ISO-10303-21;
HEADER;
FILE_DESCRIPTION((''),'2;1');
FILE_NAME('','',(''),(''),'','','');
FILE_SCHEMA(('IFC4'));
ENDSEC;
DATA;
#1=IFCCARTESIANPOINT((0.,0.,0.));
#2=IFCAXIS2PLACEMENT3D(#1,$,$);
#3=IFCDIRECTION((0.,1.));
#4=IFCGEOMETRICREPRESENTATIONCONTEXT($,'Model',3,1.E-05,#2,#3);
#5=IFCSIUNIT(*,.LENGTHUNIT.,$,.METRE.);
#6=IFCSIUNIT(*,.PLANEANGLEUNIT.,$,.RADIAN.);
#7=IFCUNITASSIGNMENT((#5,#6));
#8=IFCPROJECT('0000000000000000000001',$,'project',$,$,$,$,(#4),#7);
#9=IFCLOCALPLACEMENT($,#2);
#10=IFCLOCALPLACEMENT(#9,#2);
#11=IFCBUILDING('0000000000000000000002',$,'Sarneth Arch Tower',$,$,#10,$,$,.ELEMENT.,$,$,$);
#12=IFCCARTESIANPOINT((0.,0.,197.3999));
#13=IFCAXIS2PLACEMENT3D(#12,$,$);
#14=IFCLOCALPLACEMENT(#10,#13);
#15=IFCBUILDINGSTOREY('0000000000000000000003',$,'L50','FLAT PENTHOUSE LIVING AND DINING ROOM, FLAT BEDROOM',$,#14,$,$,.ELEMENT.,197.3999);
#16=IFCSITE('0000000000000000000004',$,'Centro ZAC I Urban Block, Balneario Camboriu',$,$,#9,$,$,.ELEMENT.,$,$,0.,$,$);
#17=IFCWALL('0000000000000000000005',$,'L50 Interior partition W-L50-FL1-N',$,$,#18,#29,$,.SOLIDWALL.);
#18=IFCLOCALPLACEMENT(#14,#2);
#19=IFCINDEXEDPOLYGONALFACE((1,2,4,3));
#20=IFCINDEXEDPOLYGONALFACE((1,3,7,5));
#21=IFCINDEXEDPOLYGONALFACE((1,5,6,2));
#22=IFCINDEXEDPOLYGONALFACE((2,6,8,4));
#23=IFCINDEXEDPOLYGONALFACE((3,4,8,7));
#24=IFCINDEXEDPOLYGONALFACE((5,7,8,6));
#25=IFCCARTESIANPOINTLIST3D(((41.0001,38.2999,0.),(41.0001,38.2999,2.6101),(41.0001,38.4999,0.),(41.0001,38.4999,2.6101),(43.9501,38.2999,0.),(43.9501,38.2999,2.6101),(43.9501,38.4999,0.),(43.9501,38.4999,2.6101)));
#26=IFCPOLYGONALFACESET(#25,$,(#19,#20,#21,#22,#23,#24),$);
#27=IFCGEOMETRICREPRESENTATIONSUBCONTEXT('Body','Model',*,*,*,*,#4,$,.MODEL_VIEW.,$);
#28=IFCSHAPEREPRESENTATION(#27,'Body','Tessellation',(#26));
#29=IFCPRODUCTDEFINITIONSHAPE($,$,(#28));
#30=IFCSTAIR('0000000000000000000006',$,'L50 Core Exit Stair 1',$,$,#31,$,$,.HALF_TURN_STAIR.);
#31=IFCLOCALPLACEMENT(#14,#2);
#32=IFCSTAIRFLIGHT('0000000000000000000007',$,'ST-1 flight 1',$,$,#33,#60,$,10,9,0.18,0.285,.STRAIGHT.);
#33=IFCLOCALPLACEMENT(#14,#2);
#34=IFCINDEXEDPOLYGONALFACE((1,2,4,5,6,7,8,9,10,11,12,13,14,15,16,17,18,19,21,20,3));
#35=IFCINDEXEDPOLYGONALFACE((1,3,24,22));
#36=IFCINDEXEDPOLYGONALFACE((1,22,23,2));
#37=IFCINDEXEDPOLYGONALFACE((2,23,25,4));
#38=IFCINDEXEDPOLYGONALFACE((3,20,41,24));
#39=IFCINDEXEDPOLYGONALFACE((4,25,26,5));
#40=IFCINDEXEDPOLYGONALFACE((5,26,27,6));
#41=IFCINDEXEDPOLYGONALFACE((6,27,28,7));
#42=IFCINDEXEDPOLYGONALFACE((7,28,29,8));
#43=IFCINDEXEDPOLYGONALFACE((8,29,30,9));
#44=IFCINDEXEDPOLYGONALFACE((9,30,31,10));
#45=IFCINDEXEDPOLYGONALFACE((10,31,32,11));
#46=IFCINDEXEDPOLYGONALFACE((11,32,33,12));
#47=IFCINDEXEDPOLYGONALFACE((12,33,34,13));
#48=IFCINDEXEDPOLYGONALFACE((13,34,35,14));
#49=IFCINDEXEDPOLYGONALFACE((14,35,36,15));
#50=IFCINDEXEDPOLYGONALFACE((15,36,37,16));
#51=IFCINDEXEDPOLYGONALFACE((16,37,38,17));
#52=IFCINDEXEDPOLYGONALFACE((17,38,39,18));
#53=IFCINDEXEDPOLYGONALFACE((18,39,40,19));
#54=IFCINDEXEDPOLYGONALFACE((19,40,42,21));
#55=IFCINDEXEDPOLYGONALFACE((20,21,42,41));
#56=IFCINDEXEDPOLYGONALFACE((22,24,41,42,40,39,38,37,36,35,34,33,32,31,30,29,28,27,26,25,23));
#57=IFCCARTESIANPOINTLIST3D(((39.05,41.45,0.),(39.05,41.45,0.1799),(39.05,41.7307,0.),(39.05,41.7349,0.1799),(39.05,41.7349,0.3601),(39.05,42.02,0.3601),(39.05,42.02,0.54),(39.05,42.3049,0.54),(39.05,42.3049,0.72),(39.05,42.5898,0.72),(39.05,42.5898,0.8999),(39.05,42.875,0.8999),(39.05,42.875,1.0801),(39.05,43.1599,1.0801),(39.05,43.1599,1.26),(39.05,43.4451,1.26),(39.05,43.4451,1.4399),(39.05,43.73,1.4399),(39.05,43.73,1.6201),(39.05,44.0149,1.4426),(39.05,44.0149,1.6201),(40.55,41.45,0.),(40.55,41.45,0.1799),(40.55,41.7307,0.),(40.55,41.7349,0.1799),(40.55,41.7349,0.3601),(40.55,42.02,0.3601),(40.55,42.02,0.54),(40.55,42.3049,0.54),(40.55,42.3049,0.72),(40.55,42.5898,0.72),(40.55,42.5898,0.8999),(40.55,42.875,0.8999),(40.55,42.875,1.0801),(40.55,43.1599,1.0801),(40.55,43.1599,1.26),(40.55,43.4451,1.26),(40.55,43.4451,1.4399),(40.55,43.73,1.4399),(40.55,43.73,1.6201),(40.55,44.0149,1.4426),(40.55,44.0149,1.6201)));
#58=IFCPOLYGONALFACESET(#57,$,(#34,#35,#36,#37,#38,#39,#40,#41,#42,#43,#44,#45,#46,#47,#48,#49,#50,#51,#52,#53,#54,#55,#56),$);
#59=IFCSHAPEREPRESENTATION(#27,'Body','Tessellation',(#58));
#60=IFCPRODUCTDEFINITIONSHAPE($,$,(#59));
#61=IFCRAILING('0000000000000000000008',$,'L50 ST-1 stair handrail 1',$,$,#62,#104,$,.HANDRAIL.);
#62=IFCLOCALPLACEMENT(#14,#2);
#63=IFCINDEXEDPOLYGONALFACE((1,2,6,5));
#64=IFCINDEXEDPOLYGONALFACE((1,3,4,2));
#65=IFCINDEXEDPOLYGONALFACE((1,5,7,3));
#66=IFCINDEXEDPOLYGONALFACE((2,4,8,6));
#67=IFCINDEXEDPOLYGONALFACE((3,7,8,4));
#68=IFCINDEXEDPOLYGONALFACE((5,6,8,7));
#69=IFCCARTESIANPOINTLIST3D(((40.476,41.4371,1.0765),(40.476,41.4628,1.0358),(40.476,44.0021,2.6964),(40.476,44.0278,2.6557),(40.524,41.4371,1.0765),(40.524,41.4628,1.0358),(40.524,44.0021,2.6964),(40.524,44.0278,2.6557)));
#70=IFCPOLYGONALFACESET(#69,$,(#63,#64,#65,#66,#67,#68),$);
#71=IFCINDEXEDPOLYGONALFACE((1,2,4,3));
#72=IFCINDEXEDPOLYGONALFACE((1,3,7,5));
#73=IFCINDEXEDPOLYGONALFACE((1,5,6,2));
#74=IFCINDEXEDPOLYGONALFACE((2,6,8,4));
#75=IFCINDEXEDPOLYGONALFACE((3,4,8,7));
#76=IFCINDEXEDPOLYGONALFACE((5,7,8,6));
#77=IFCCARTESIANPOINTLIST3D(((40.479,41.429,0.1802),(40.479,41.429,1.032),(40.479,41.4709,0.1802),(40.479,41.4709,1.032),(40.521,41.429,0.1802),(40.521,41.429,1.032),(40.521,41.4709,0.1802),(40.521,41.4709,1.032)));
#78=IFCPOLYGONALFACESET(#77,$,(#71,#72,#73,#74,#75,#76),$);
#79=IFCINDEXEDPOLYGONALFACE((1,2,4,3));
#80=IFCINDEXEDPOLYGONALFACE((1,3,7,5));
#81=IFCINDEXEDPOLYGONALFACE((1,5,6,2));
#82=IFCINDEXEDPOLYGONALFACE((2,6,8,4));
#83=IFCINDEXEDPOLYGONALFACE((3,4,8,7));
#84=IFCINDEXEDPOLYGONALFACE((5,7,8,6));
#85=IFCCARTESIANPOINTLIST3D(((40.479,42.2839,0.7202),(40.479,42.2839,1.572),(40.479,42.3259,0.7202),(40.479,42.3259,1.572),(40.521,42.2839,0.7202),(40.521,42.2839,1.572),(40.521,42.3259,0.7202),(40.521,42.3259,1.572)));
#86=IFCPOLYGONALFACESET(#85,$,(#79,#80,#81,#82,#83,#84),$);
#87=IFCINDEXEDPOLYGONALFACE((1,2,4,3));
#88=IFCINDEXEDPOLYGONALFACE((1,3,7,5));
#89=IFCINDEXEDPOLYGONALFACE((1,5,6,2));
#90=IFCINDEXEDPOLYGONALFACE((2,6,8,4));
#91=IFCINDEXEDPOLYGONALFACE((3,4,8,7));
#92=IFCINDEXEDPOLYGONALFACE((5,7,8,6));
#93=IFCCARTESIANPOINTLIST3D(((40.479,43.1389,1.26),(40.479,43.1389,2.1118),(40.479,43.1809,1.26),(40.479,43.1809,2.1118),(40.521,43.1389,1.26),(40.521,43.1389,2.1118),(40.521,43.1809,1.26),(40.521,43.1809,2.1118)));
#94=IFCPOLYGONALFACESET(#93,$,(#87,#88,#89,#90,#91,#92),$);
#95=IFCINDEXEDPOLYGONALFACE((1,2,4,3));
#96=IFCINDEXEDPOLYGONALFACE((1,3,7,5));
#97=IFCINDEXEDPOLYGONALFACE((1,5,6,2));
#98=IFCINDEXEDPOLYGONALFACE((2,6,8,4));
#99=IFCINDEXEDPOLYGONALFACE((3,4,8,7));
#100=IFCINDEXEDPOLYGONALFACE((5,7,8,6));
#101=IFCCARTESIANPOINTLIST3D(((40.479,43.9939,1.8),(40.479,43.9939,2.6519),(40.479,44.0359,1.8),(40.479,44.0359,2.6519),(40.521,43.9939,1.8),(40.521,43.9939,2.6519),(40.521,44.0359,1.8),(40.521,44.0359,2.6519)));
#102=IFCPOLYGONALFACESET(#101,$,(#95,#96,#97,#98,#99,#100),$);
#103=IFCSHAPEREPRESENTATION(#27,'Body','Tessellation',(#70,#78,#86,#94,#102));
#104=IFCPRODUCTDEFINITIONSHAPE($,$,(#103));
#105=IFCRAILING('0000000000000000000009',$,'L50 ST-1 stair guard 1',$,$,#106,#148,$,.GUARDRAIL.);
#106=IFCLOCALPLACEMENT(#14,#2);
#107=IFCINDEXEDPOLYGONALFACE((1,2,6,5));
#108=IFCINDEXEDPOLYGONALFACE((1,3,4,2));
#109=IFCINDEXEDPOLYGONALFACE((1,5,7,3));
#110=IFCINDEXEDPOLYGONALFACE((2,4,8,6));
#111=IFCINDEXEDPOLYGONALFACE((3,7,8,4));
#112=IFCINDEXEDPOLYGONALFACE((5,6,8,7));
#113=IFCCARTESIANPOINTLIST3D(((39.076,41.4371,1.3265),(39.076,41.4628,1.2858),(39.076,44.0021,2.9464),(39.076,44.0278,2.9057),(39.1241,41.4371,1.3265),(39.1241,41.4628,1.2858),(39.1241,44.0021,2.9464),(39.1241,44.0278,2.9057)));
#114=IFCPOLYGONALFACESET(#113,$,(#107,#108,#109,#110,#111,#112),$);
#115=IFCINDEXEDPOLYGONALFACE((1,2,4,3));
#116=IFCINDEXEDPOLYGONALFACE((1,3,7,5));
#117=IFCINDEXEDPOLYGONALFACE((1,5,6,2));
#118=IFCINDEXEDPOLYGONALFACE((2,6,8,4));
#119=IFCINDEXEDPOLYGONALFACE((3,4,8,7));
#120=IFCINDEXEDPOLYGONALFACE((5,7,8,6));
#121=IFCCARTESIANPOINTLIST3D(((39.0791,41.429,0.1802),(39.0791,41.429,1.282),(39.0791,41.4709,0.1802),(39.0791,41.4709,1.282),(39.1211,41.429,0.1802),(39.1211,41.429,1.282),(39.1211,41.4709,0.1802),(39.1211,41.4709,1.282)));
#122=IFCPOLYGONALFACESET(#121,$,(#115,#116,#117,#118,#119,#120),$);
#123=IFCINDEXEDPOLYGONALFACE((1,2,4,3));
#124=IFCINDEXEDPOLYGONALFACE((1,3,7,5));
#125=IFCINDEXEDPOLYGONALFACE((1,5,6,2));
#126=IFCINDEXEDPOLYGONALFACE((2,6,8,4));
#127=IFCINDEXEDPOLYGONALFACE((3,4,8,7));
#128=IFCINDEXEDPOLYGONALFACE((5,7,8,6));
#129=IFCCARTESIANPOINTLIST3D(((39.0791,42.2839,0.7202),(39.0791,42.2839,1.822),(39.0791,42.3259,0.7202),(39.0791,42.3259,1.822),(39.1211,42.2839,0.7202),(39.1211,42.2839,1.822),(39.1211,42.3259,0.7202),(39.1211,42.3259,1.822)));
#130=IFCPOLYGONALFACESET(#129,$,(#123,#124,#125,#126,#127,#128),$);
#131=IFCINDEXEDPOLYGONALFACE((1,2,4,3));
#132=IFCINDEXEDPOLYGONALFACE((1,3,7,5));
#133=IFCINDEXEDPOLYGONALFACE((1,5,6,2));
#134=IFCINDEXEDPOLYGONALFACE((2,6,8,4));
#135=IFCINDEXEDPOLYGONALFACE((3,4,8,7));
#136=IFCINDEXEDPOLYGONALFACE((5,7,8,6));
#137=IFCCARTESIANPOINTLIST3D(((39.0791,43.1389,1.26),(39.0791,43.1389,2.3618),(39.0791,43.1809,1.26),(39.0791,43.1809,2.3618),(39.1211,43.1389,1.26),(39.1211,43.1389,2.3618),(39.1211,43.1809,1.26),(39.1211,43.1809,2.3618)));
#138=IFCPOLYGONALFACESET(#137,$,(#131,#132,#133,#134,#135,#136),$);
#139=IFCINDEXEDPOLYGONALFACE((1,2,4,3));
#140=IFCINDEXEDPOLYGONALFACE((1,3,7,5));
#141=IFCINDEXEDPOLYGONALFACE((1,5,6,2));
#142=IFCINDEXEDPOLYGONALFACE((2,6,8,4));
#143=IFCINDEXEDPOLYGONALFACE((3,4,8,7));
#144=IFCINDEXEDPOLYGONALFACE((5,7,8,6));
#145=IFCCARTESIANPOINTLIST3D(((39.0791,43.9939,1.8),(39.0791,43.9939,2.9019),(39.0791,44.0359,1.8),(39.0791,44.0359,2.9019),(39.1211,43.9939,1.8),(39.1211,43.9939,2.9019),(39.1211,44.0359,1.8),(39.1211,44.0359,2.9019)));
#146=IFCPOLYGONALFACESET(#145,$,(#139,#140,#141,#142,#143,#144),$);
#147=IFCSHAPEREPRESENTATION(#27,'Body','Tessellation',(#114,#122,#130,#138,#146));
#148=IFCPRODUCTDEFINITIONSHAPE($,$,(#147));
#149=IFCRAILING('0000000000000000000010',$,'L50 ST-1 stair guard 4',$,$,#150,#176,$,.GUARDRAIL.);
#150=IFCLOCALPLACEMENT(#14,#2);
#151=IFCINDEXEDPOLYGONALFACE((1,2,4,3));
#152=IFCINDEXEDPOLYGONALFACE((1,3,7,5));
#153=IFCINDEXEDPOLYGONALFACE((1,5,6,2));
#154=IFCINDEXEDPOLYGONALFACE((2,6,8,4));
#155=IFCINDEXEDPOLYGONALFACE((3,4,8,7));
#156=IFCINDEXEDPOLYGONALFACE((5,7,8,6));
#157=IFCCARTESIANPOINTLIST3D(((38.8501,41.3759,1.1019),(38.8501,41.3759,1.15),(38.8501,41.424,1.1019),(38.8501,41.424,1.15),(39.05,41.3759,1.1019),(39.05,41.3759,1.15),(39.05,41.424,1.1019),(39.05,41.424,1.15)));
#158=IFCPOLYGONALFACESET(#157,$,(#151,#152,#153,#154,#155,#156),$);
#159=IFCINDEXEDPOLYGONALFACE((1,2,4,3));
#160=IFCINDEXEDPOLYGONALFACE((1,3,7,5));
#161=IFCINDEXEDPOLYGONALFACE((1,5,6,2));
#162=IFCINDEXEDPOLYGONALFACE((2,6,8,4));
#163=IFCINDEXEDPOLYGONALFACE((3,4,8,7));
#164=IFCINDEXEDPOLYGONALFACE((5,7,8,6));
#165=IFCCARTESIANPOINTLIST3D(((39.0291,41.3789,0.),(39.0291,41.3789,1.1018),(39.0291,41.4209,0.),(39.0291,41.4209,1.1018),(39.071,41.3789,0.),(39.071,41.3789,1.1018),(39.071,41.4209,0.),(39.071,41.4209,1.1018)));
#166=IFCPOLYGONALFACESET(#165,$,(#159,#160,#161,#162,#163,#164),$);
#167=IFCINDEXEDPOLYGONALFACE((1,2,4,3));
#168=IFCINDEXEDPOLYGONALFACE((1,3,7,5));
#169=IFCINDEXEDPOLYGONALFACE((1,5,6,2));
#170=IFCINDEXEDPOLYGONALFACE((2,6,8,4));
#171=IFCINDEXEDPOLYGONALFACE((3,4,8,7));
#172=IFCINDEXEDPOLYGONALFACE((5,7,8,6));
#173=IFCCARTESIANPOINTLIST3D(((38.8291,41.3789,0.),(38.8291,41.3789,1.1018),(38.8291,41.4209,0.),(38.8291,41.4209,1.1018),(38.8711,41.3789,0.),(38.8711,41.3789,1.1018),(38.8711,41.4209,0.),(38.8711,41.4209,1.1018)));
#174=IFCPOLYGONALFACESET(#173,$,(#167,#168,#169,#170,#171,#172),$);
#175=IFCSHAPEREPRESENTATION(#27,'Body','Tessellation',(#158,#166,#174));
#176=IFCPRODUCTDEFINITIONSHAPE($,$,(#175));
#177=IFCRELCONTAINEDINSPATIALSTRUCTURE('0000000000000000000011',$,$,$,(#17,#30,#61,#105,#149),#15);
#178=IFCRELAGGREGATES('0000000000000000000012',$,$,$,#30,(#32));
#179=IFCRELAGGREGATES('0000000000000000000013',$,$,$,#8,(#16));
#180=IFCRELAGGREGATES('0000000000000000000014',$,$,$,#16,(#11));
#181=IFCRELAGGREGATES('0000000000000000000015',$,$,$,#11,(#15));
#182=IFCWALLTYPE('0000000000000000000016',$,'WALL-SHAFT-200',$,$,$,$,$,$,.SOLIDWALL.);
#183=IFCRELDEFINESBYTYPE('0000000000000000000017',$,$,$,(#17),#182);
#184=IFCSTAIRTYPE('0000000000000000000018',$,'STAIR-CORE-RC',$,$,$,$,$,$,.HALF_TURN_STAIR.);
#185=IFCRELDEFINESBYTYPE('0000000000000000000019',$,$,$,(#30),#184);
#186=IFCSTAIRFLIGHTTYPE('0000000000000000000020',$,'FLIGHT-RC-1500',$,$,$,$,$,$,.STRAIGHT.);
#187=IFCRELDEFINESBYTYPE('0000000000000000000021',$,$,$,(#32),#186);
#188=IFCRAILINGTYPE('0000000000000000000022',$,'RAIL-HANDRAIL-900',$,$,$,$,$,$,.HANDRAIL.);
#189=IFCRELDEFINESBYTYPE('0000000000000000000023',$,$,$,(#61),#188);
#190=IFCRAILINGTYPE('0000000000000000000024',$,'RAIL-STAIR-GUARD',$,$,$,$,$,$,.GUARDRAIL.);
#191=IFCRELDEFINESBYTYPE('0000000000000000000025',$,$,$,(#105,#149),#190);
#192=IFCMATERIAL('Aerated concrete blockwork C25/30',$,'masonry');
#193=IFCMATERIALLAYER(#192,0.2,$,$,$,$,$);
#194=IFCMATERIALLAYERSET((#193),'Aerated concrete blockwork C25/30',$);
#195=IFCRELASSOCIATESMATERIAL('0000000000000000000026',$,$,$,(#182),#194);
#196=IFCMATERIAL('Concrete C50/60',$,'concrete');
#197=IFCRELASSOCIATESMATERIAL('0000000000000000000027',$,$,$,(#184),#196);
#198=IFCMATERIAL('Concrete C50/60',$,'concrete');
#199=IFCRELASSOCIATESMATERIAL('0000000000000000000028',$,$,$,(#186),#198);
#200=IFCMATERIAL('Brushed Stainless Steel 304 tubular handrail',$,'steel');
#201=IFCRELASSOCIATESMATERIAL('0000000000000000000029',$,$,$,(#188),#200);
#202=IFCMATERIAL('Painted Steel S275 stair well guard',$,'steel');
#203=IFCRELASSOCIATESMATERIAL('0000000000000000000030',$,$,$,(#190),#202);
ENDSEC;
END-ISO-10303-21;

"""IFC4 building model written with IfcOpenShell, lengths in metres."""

from ifc_helpers import new_model, si_unit, direction, frame, frame_2d, origin, origin_2d, place, context, subcontext, project, spatial, polyline, rectangle, outline, extrude, material, layer, layer_set, type_object, element, aggregate, save


model = new_model("IFC4")

# Units and contexts
model_context = context("Model", 3, precision=1e-05, world=origin(), true_north=direction((0.0, 1.0)))
body_context = subcontext(model_context, "Body", "Model", "MODEL_VIEW")
ifc_project = project(units=[si_unit("LENGTHUNIT", "METRE"), si_unit("PLANEANGLEUNIT", "RADIAN")], contexts=[model_context])

# Site, building, storey
site_placement = place(None, origin())
site = spatial("IfcSite", under=ifc_project, at=site_placement, Name="Centro ZAC I Urban Block, Balneario Camboriu", CompositionType="ELEMENT", RefElevation=0.0)
building_placement = place(site_placement, origin())
building = spatial("IfcBuilding", under=site, at=building_placement, Name="Sarneth Arch Tower", CompositionType="ELEMENT")
storey_placement = place(building_placement, frame((0.0, 0.0, 197.3999)))
storey = spatial("IfcBuildingStorey", under=building, at=storey_placement, Name="L50", Description="FLAT PENTHOUSE LIVING AND DINING ROOM, FLAT BEDROOM", CompositionType="ELEMENT", Elevation=197.3999)

# Shared definitions
ifc_material_1 = material(Name="Aerated concrete blockwork C25/30", Category="masonry")
ifc_layer_1 = layer(ifc_material_1, 0.2)
ifc_layer_set_1 = layer_set([ifc_layer_1], Name="Aerated concrete blockwork C25/30")
wall_type_1 = type_object("IfcWallType", Name="WALL-SHAFT-200", PredefinedType="SOLIDWALL", material=ifc_layer_set_1)

# Wall
wall_1_placement = place(storey_placement, frame((41.0, 38.3999, 0.0), z_axis=(0.0, 0.0, 1.0), x_axis=(1.0, 0.0, 0.0)))
element("IfcWall", 1, at=wall_1_placement, inside=storey, type_object=wall_type_1, Name="L50 Interior partition W-L50-FL1-N", PredefinedType="SOLIDWALL", context=body_context, shape_type="SweptSolid", body=[
    extrude(rectangle(XDim=2.95, YDim=0.2, at=frame_2d((1.4751, 0.0))), origin(), (0.0, 0.0, 1.0), 2.6101),
])

# Stair, stair flight
ifc_material_2 = material(Name="Concrete C50/60", Category="concrete")
stair_type = type_object("IfcStairType", Name="STAIR-CORE-RC", PredefinedType="HALF_TURN_STAIR", material=ifc_material_2)
stair_placement = place(storey_placement, origin())
stair = element("IfcStair", 2, at=stair_placement, inside=storey, type_object=stair_type, Name="L50 Core Exit Stair 1", PredefinedType="HALF_TURN_STAIR")
ifc_material_3 = material(Name="Concrete C50/60", Category="concrete")
stair_flight_type = type_object("IfcStairFlightType", Name="FLIGHT-RC-1500", PredefinedType="STRAIGHT", material=ifc_material_3)
stair_flight_placement = place(storey_placement, frame((39.8, 41.45, 0.0), z_axis=(0.0, 0.0, 1.0), x_axis=(0.0, 1.0, 0.0)))
stair_flight = element("IfcStairFlight", 3, at=stair_flight_placement, type_object=stair_flight_type, Name="ST-1 flight 1", NumberOfRisers=10, NumberOfTreads=9, PredefinedType="STRAIGHT", RiserHeight=0.18, TreadLength=0.285, context=body_context, shape_type="SweptSolid", body=[
    extrude(outline(polyline([(0.0, 0.0), (0.0, 0.1799), (0.2849, 0.1799), (0.2849, 0.3601), (0.5701, 0.3601), (0.5701, 0.54), (0.855, 0.54), (0.855, 0.72), (1.1399, 0.72), (1.1399, 0.8999), (1.425, 0.8999), (1.425, 1.0801), (1.71, 1.0801), (1.71, 1.26), (1.9951, 1.26), (1.9951, 1.4399), (2.28, 1.4399), (2.28, 1.6201), (2.5649, 1.6201), (2.5649, 1.8), (2.5649, 1.4426), (0.2808, 0.0), (0.0, 0.0)])), frame((0.0, 0.75, 0.0), z_axis=(0.0, -1.0, 0.0), x_axis=(1.0, 0.0, 0.0)), (0.0, 0.0, 1.0), 1.5),
])
aggregate(stair, [stair_flight])

# Railings
ifc_material_4 = material(Name="Brushed Stainless Steel 304 tubular handrail", Category="steel")
railing_type_1 = type_object("IfcRailingType", Name="RAIL-HANDRAIL-900", PredefinedType="HANDRAIL", material=ifc_material_4)
railing_1_placement = place(storey_placement, frame((40.5, 41.45, 0.1802)))
element("IfcRailing", 4, at=railing_1_placement, inside=storey, type_object=railing_type_1, Name="L50 ST-1 stair handrail 1", PredefinedType="HANDRAIL", context=body_context, shape_type="SweptSolid", body=[
    extrude(rectangle(XDim=0.0481, YDim=0.0481, at=origin_2d()), frame((0.0, 0.0, 0.876), z_axis=(0.0, 0.845502, 0.533972), x_axis=(-1.0, 0.0, 0.0)), (0.0, 0.0, 1.0), 3.0337),
    extrude(rectangle(XDim=0.042, YDim=0.042, at=origin_2d()), origin(), (0.0, 0.0, 1.0), 0.8518),
    extrude(rectangle(XDim=0.042, YDim=0.042, at=origin_2d()), frame((0.0, 0.855, 0.54)), (0.0, 0.0, 1.0), 0.8518),
    extrude(rectangle(XDim=0.042, YDim=0.042, at=origin_2d()), frame((0.0, 1.71, 1.0798)), (0.0, 0.0, 1.0), 0.8518),
    extrude(rectangle(XDim=0.042, YDim=0.042, at=origin_2d()), frame((0.0, 2.5649, 1.6199)), (0.0, 0.0, 1.0), 0.8518),
])
ifc_material_5 = material(Name="Painted Steel S275 stair well guard", Category="steel")
railing_type_2 = type_object("IfcRailingType", Name="RAIL-STAIR-GUARD", PredefinedType="GUARDRAIL", material=ifc_material_5)
railing_2_placement = place(storey_placement, frame((39.1001, 41.45, 0.1802)))
element("IfcRailing", 5, at=railing_2_placement, inside=storey, type_object=railing_type_2, Name="L50 ST-1 stair guard 1", PredefinedType="GUARDRAIL", context=body_context, shape_type="SweptSolid", body=[
    extrude(rectangle(XDim=0.0481, YDim=0.0481, at=origin_2d()), frame((0.0, 0.0, 1.126), z_axis=(0.0, 0.845502, 0.533972), x_axis=(-1.0, 0.0, 0.0)), (0.0, 0.0, 1.0), 3.0337),
    extrude(rectangle(XDim=0.042, YDim=0.042, at=origin_2d()), origin(), (0.0, 0.0, 1.0), 1.1018),
    extrude(rectangle(XDim=0.042, YDim=0.042, at=origin_2d()), frame((0.0, 0.855, 0.54)), (0.0, 0.0, 1.0), 1.1018),
    extrude(rectangle(XDim=0.042, YDim=0.042, at=origin_2d()), frame((0.0, 1.71, 1.0798)), (0.0, 0.0, 1.0), 1.1018),
    extrude(rectangle(XDim=0.042, YDim=0.042, at=origin_2d()), frame((0.0, 2.5649, 1.6199)), (0.0, 0.0, 1.0), 1.1018),
])
railing_3_placement = place(storey_placement, frame((39.05, 41.3999, 0.0)))
element("IfcRailing", 6, at=railing_3_placement, inside=storey, type_object=railing_type_2, Name="L50 ST-1 stair guard 4", PredefinedType="GUARDRAIL", context=body_context, shape_type="SweptSolid", body=[
    extrude(rectangle(XDim=0.0481, YDim=0.0481, at=origin_2d()), frame((0.0, 0.0, 1.126), z_axis=(-1.0, 0.0, 0.0), x_axis=(0.0, -1.0, 0.0)), (0.0, 0.0, 1.0), 0.2),
    extrude(rectangle(XDim=0.042, YDim=0.042, at=origin_2d()), origin(), (0.0, 0.0, 1.0), 1.1018),
    extrude(rectangle(XDim=0.042, YDim=0.042, at=origin_2d()), frame((-0.2, 0.0, 0.0)), (0.0, 0.0, 1.0), 1.1018),
])

save(model, "model.ifc")
